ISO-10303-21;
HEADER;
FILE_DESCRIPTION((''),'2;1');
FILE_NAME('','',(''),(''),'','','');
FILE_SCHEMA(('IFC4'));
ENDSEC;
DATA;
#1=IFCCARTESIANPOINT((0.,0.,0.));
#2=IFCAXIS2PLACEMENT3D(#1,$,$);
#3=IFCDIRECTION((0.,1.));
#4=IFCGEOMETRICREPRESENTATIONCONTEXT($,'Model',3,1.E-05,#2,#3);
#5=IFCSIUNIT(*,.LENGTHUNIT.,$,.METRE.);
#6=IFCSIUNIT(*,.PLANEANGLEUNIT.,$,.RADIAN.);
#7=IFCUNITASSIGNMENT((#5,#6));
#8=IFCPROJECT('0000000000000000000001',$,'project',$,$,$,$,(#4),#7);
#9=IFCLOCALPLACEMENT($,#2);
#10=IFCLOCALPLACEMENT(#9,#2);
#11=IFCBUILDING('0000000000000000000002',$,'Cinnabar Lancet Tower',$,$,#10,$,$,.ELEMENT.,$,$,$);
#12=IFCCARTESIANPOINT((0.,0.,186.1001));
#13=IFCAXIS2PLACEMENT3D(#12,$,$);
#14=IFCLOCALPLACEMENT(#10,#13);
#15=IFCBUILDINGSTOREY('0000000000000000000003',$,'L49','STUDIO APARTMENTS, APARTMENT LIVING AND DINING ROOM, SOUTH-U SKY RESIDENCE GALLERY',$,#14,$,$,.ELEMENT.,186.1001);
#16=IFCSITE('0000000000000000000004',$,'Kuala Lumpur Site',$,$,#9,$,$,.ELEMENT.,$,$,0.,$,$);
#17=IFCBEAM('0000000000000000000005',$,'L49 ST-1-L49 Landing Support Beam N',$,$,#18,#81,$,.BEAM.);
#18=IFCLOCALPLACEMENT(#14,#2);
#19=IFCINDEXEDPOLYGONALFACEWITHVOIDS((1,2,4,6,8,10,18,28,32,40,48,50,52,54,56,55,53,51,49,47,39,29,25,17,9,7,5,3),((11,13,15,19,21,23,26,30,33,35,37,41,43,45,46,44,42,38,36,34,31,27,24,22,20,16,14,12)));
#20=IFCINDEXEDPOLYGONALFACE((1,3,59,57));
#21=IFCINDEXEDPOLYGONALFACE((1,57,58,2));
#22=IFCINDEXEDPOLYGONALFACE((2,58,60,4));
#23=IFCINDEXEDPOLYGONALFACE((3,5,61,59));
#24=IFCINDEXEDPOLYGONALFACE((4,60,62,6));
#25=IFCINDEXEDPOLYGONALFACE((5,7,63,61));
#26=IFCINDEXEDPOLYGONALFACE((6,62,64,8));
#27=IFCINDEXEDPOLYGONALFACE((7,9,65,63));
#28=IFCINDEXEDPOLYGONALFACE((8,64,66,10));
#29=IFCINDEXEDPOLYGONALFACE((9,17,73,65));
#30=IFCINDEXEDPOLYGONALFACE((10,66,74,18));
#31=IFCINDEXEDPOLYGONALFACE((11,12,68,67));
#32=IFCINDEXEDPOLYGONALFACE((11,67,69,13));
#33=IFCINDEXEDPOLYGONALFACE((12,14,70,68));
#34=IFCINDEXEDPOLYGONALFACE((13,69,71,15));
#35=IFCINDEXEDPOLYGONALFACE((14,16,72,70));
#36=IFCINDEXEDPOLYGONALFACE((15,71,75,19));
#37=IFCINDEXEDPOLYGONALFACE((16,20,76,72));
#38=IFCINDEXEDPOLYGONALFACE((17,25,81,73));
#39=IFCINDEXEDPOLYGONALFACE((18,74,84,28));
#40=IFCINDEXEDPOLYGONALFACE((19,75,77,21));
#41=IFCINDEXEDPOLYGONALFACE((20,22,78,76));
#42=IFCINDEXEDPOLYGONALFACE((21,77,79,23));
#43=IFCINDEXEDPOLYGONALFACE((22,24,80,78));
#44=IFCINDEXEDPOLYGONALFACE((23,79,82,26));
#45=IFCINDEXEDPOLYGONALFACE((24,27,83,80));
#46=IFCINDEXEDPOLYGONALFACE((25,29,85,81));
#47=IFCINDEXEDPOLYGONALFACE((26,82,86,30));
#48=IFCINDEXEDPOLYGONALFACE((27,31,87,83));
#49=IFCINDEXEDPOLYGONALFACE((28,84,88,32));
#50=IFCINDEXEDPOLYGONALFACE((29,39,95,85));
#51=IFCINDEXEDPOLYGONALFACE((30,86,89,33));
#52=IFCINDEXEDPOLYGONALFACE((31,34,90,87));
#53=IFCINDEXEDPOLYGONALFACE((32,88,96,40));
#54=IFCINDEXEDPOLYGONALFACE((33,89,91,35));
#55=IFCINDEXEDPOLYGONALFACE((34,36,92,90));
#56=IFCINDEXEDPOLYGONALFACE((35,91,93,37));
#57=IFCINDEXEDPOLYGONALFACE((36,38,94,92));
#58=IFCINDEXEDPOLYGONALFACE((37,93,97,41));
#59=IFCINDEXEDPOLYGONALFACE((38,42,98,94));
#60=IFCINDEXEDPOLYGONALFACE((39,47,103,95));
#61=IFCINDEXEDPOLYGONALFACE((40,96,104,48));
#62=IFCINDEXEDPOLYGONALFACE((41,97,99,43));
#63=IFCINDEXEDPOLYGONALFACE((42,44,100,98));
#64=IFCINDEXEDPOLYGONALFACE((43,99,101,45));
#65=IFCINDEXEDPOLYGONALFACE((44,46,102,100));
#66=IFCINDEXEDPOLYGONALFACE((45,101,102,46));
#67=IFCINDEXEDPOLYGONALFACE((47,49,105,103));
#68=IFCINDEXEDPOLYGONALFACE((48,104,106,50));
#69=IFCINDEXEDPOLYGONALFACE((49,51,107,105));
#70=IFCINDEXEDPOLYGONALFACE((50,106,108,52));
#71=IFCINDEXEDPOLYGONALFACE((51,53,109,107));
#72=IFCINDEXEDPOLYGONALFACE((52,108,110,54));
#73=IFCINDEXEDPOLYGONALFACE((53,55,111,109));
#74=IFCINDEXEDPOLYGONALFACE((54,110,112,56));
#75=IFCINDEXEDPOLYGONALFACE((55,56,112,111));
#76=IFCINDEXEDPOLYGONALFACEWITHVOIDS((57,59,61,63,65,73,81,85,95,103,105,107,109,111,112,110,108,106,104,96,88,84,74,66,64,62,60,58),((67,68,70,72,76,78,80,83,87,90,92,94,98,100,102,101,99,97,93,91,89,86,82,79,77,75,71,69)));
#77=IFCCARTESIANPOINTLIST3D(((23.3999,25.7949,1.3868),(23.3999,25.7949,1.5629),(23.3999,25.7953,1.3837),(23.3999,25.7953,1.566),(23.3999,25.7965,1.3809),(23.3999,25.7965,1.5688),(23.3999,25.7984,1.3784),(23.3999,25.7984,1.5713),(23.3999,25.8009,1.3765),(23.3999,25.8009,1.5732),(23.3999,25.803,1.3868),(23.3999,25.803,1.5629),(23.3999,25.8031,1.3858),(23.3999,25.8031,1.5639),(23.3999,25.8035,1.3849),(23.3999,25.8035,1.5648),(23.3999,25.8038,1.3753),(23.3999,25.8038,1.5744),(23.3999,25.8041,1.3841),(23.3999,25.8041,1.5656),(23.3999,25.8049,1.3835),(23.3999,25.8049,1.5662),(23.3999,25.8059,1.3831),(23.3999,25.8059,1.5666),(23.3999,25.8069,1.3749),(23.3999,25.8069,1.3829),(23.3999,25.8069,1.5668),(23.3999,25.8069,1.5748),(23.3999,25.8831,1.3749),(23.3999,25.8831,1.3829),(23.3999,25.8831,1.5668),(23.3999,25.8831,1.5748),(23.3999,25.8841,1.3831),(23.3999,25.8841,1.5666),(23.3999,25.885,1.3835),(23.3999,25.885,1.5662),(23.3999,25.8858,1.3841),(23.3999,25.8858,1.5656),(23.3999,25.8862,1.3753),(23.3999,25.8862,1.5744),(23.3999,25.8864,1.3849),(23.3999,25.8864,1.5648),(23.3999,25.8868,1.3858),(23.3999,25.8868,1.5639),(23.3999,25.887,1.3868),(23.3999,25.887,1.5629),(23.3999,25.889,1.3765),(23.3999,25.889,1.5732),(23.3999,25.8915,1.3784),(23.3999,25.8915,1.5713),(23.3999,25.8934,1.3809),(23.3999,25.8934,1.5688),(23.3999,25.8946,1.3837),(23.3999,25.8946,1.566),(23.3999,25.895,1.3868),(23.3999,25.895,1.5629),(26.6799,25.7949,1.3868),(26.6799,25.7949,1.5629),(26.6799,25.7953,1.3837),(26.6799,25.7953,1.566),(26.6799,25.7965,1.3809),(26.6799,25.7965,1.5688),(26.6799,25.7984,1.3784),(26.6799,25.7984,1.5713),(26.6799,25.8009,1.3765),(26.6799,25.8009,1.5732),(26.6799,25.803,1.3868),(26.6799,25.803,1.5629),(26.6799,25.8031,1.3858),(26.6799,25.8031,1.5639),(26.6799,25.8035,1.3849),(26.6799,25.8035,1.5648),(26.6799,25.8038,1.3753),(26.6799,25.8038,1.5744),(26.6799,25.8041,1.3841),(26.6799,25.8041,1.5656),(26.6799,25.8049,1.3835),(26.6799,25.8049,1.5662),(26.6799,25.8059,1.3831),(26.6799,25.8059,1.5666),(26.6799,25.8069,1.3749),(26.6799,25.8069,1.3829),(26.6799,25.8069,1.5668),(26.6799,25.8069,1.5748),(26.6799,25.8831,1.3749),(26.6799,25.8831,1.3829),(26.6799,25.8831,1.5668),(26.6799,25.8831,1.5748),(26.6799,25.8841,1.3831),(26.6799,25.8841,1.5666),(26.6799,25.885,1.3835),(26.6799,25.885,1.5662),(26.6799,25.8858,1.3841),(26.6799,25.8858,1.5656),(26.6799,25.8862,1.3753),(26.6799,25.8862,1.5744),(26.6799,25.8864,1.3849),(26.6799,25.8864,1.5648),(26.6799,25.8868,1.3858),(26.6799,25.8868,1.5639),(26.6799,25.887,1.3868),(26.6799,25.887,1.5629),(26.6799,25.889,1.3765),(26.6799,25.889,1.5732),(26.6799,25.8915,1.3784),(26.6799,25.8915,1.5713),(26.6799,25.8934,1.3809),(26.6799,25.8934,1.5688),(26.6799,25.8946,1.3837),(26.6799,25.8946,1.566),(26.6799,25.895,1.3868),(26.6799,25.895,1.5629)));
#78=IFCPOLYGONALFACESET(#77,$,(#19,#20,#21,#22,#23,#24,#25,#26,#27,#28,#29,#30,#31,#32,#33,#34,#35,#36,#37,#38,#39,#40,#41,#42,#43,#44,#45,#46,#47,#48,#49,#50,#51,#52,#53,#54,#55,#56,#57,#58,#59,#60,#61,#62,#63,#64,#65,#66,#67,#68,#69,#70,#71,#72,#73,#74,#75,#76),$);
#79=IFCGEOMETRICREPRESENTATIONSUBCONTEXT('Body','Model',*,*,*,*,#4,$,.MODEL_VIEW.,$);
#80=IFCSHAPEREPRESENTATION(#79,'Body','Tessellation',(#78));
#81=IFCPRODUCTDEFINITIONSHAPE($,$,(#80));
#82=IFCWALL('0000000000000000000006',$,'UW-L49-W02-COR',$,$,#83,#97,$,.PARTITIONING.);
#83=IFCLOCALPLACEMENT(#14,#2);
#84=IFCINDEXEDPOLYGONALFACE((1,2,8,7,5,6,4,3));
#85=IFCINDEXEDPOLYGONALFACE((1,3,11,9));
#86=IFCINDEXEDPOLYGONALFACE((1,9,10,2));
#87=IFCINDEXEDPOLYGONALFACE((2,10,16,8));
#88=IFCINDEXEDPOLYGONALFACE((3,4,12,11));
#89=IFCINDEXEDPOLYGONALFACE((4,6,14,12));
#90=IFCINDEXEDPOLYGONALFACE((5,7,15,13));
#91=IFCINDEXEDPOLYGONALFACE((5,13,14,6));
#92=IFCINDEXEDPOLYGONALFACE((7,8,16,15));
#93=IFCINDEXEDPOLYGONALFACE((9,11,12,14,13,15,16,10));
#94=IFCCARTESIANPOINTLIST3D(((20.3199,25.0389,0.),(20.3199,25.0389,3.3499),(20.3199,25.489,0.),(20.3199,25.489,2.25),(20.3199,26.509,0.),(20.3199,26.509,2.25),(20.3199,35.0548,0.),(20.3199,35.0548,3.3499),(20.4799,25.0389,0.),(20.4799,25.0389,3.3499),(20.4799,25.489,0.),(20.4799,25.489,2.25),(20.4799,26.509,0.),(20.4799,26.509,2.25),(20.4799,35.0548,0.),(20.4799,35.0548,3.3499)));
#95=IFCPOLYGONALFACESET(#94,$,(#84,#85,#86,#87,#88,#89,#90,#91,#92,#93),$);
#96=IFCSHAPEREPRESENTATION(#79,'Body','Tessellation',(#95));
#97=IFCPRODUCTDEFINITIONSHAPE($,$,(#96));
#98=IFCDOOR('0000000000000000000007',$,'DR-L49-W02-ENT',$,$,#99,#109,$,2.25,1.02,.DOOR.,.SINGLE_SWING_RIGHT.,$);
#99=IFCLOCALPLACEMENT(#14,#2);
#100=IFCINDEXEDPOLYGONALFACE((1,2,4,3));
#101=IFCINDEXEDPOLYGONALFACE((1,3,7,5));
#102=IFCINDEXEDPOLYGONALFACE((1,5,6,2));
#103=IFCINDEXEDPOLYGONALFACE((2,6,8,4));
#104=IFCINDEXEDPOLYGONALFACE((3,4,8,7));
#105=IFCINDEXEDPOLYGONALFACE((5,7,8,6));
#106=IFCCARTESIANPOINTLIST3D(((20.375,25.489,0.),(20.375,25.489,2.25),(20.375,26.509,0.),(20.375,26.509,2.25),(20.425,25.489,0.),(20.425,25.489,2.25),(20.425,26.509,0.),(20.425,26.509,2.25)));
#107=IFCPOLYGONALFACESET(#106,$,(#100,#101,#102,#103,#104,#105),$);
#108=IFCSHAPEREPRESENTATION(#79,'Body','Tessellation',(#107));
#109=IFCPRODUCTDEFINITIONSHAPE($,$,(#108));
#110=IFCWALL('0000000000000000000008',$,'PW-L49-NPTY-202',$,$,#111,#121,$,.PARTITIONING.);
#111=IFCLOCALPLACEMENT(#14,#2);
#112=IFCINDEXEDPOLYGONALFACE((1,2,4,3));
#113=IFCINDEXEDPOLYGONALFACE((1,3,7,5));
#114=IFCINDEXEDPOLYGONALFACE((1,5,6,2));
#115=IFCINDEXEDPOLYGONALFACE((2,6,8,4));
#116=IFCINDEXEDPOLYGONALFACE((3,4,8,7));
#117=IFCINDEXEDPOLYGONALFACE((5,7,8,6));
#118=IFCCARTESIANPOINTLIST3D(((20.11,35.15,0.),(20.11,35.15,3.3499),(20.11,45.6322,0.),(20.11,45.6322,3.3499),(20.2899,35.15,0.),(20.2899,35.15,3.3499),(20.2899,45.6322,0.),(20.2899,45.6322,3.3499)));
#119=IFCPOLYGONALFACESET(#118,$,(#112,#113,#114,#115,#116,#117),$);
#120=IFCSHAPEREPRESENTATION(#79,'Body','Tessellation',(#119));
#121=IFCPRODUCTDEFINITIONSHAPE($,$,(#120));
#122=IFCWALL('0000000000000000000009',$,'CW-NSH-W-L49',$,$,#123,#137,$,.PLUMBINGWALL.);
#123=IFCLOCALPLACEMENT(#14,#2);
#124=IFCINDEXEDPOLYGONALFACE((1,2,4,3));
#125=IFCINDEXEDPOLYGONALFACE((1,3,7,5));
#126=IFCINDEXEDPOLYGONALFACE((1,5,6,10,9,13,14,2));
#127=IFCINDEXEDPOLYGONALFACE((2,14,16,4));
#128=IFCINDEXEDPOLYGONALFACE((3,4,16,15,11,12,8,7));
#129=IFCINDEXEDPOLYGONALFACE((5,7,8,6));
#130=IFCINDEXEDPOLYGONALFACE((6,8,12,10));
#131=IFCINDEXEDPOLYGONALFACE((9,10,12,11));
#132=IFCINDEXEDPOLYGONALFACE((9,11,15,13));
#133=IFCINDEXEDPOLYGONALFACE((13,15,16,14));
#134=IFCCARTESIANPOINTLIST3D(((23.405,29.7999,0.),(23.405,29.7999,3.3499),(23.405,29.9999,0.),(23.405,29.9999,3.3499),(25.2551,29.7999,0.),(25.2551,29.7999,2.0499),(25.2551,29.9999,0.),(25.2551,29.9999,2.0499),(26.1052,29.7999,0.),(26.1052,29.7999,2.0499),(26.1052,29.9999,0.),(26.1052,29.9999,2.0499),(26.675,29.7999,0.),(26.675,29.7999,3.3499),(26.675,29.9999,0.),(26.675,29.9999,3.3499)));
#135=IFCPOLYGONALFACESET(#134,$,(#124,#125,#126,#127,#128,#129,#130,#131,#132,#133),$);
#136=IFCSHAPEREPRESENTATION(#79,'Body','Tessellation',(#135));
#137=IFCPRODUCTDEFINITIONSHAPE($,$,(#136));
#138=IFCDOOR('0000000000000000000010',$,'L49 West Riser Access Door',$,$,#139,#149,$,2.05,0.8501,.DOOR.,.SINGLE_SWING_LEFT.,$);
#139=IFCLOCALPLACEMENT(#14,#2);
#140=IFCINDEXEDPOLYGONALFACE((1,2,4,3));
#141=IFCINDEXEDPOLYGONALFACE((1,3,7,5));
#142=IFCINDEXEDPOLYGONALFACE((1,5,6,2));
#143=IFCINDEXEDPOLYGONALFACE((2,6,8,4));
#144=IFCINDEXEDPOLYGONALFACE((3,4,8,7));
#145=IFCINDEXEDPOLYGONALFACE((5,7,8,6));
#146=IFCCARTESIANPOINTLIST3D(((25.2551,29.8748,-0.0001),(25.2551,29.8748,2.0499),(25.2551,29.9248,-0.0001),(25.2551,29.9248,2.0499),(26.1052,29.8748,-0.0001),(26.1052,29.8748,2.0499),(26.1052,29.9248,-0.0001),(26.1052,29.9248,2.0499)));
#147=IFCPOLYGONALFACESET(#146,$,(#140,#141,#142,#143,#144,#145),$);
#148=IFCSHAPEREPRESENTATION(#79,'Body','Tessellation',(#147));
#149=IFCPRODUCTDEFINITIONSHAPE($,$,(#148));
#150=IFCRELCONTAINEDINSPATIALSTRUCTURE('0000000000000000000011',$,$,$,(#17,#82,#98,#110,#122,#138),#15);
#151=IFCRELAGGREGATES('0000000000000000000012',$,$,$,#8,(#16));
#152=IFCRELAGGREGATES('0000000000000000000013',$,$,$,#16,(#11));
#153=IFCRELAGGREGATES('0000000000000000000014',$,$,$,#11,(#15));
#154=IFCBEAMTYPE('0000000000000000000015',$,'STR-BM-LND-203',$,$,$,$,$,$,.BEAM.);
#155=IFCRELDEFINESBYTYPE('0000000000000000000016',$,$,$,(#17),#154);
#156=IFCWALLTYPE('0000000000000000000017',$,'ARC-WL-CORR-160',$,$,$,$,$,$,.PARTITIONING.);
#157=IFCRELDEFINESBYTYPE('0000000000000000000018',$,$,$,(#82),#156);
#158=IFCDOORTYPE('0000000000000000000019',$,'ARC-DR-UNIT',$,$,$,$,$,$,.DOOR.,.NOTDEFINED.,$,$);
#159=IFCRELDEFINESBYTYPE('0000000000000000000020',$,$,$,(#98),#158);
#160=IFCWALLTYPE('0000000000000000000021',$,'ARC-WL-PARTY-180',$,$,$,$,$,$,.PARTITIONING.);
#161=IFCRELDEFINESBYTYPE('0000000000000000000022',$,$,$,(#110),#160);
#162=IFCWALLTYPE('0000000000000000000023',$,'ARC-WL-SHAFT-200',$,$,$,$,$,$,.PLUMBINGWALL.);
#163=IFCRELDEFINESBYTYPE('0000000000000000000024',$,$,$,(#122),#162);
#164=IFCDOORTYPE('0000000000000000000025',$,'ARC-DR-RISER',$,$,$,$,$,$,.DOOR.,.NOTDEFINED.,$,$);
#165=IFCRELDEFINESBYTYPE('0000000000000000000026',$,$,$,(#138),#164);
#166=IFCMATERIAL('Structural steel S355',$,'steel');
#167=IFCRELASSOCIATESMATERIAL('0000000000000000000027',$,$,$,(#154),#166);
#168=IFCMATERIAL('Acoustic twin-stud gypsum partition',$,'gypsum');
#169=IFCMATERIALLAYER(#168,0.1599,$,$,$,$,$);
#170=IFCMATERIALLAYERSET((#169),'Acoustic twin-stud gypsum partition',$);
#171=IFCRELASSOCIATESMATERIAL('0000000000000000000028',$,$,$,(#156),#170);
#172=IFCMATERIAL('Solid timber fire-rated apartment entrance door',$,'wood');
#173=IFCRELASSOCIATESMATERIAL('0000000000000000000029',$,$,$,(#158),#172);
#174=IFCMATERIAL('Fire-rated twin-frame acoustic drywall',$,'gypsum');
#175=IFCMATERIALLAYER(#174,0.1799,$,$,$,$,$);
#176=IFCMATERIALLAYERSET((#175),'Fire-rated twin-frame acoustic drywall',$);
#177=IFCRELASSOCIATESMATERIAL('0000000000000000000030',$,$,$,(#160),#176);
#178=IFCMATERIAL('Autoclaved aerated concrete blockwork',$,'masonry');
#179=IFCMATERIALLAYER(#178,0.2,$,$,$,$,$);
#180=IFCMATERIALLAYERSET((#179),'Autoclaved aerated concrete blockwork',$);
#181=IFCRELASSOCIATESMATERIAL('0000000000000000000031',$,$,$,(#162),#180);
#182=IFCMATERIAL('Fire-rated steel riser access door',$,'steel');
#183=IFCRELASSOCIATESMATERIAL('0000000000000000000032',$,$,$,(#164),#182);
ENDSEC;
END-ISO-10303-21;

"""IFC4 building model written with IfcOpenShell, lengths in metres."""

from ifc_helpers import new_model, si_unit, direction, frame, frame_2d, origin, origin_2d, place, context, subcontext, project, spatial, rectangle, hollow_rectangle, extrude, material, layer, layer_set, material_profile, profile_set, type_object, element, fill, save


model = new_model("IFC4")

# Units and contexts
model_context = context("Model", 3, precision=1e-05, world=origin(), true_north=direction((0.0, 1.0)))
body_context = subcontext(model_context, "Body", "Model", "MODEL_VIEW")
ifc_project = project(units=[si_unit("LENGTHUNIT", "METRE"), si_unit("PLANEANGLEUNIT", "RADIAN")], contexts=[model_context])

# Site, building, storey
site_placement = place(None, origin())
site = spatial("IfcSite", under=ifc_project, at=site_placement, Name="Kuala Lumpur Site", CompositionType="ELEMENT", RefElevation=0.0)
building_placement = place(site_placement, origin())
building = spatial("IfcBuilding", under=site, at=building_placement, Name="Cinnabar Lancet Tower", CompositionType="ELEMENT")
storey_placement = place(building_placement, frame((0.0, 0.0, 186.1001)))
storey = spatial("IfcBuildingStorey", under=building, at=storey_placement, Name="L49", Description="STUDIO APARTMENTS, APARTMENT LIVING AND DINING ROOM, SOUTH-U SKY RESIDENCE GALLERY", CompositionType="ELEMENT", Elevation=186.1001)

# Beam
ifc_material_1 = material(Name="Structural steel S355", Category="steel")
ifc_material_profile_1 = material_profile(ifc_material_1, hollow_rectangle(XDim=0.1001, YDim=0.2, WallThickness=0.0081, InnerFilletRadius=0.0039, OuterFilletRadius=0.012, at=origin_2d()), Name="RHS 200x100x8")
ifc_profile_set_1 = profile_set([ifc_material_profile_1], Name="Structural steel S355")
beam_type_1 = type_object("IfcBeamType", Name="STR-BM-LND-203", PredefinedType="BEAM", material=ifc_profile_set_1)
beam_1_placement = place(storey_placement, frame((23.3999, 25.845, 1.4749), z_axis=(1.0, 0.0, 0.0), x_axis=(0.0, 1.0, 0.0)))
element("IfcBeam", 1, at=beam_1_placement, inside=storey, type_object=beam_type_1, Name="L49 ST-1-L49 Landing Support Beam N", PredefinedType="BEAM", context=body_context, shape_type="SweptSolid", body=[
    extrude(hollow_rectangle(XDim=0.1001, YDim=0.2, WallThickness=0.0081, InnerFilletRadius=0.0039, OuterFilletRadius=0.012, at=origin_2d()), origin(), (0.0, 0.0, 1.0), 3.28),
])

# Wall, opening, door
ifc_material_2 = material(Name="Acoustic twin-stud gypsum partition", Category="gypsum")
ifc_layer_1 = layer(ifc_material_2, 0.1599)
ifc_layer_set_1 = layer_set([ifc_layer_1], Name="Acoustic twin-stud gypsum partition")
wall_type_1 = type_object("IfcWallType", Name="ARC-WL-CORR-160", PredefinedType="PARTITIONING", material=ifc_layer_set_1)
wall_1_placement = place(storey_placement, frame((20.3999, 25.0391, 0.0), z_axis=(0.0, 0.0, 1.0), x_axis=(0.0, 1.0, 0.0)))
wall_1 = element("IfcWall", 2, at=wall_1_placement, inside=storey, type_object=wall_type_1, Name="UW-L49-W02-COR", PredefinedType="PARTITIONING", context=body_context, shape_type="SweptSolid", body=[
    extrude(rectangle(XDim=10.0159, YDim=0.1599, at=frame_2d((5.0078, 0.0))), origin(), (0.0, 0.0, 1.0), 3.3499),
])
opening_1_placement = place(wall_1_placement, frame((0.45, 0.0, 0.0)))
opening_1 = element("IfcOpeningElement", 3, at=opening_1_placement, cuts=wall_1, PredefinedType="OPENING", context=body_context, shape_type="SweptSolid", body=[
    extrude(rectangle(XDim=1.02, YDim=2.25, at=frame_2d((0.51, 1.125))), frame((0.0, 0.0898, 0.0), z_axis=(0.0, -1.0, 0.0), x_axis=(1.0, 0.0, 0.0)), (0.0, 0.0, 1.0), 0.1799),
])
ifc_material_3 = material(Name="Solid timber fire-rated apartment entrance door", Category="wood")
door_type_1 = type_object("IfcDoorType", Name="ARC-DR-UNIT", OperationType="NOTDEFINED", PredefinedType="DOOR", material=ifc_material_3)
door_1_placement = place(opening_1_placement, origin())
door_1 = element("IfcDoor", 4, at=door_1_placement, inside=storey, type_object=door_type_1, Name="DR-L49-W02-ENT", OperationType="SINGLE_SWING_RIGHT", OverallHeight=2.25, OverallWidth=1.02, PredefinedType="DOOR", context=body_context, shape_type="SweptSolid", body=[
    extrude(rectangle(XDim=1.02, YDim=2.25, at=frame_2d((0.51, 1.125))), frame((0.0, 0.0249, 0.0), z_axis=(0.0, -1.0, 0.0), x_axis=(1.0, 0.0, 0.0)), (0.0, 0.0, 1.0), 0.05),
])
fill(opening_1, door_1)

# Wall
ifc_material_4 = material(Name="Fire-rated twin-frame acoustic drywall", Category="gypsum")
ifc_layer_2 = layer(ifc_material_4, 0.1799)
ifc_layer_set_2 = layer_set([ifc_layer_2], Name="Fire-rated twin-frame acoustic drywall")
wall_type_2 = type_object("IfcWallType", Name="ARC-WL-PARTY-180", PredefinedType="PARTITIONING", material=ifc_layer_set_2)
wall_2_placement = place(storey_placement, frame((20.2, 35.1499, 0.0), z_axis=(0.0, 0.0, 1.0), x_axis=(0.0, 1.0, 0.0)))
element("IfcWall", 5, at=wall_2_placement, inside=storey, type_object=wall_type_2, Name="PW-L49-NPTY-202", PredefinedType="PARTITIONING", context=body_context, shape_type="SweptSolid", body=[
    extrude(rectangle(XDim=10.4822, YDim=0.1799, at=frame_2d((5.2412, 0.0))), origin(), (0.0, 0.0, 1.0), 3.3499),
])

# Wall, opening, door
ifc_material_5 = material(Name="Autoclaved aerated concrete blockwork", Category="masonry")
ifc_layer_3 = layer(ifc_material_5, 0.2)
ifc_layer_set_3 = layer_set([ifc_layer_3], Name="Autoclaved aerated concrete blockwork")
wall_type_3 = type_object("IfcWallType", Name="ARC-WL-SHAFT-200", PredefinedType="PLUMBINGWALL", material=ifc_layer_set_3)
wall_3_placement = place(storey_placement, frame((23.405, 29.8999, 0.0), z_axis=(0.0, 0.0, 1.0), x_axis=(1.0, 0.0, 0.0)))
wall_3 = element("IfcWall", 6, at=wall_3_placement, inside=storey, type_object=wall_type_3, Name="CW-NSH-W-L49", PredefinedType="PLUMBINGWALL", context=body_context, shape_type="SweptSolid", body=[
    extrude(rectangle(XDim=3.27, YDim=0.2, at=frame_2d((1.635, 0.0))), origin(), (0.0, 0.0, 1.0), 3.3499),
])
opening_2_placement = place(wall_3_placement, frame((1.8501, 0.0, 0.0)))
opening_2 = element("IfcOpeningElement", 7, at=opening_2_placement, cuts=wall_3, PredefinedType="OPENING", context=body_context, shape_type="SweptSolid", body=[
    extrude(rectangle(XDim=0.8501, YDim=2.05, at=frame_2d((0.425, 1.0249))), frame((0.0, 0.1099, 0.0), z_axis=(0.0, -1.0, 0.0), x_axis=(1.0, 0.0, 0.0)), (0.0, 0.0, 1.0), 0.22),
])
ifc_material_6 = material(Name="Fire-rated steel riser access door", Category="steel")
door_type_2 = type_object("IfcDoorType", Name="ARC-DR-RISER", OperationType="NOTDEFINED", PredefinedType="DOOR", material=ifc_material_6)
door_2_placement = place(opening_2_placement, origin())
door_2 = element("IfcDoor", 8, at=door_2_placement, inside=storey, type_object=door_type_2, Name="L49 West Riser Access Door", OperationType="SINGLE_SWING_LEFT", OverallHeight=2.05, OverallWidth=0.8501, PredefinedType="DOOR", context=body_context, shape_type="SweptSolid", body=[
    extrude(rectangle(XDim=0.8501, YDim=2.05, at=frame_2d((0.425, 1.0249))), frame((0.0, 0.0249, 0.0), z_axis=(0.0, -1.0, 0.0), x_axis=(1.0, 0.0, 0.0)), (0.0, 0.0, 1.0), 0.05),
])
fill(opening_2, door_2)

save(model, "model.ifc")
